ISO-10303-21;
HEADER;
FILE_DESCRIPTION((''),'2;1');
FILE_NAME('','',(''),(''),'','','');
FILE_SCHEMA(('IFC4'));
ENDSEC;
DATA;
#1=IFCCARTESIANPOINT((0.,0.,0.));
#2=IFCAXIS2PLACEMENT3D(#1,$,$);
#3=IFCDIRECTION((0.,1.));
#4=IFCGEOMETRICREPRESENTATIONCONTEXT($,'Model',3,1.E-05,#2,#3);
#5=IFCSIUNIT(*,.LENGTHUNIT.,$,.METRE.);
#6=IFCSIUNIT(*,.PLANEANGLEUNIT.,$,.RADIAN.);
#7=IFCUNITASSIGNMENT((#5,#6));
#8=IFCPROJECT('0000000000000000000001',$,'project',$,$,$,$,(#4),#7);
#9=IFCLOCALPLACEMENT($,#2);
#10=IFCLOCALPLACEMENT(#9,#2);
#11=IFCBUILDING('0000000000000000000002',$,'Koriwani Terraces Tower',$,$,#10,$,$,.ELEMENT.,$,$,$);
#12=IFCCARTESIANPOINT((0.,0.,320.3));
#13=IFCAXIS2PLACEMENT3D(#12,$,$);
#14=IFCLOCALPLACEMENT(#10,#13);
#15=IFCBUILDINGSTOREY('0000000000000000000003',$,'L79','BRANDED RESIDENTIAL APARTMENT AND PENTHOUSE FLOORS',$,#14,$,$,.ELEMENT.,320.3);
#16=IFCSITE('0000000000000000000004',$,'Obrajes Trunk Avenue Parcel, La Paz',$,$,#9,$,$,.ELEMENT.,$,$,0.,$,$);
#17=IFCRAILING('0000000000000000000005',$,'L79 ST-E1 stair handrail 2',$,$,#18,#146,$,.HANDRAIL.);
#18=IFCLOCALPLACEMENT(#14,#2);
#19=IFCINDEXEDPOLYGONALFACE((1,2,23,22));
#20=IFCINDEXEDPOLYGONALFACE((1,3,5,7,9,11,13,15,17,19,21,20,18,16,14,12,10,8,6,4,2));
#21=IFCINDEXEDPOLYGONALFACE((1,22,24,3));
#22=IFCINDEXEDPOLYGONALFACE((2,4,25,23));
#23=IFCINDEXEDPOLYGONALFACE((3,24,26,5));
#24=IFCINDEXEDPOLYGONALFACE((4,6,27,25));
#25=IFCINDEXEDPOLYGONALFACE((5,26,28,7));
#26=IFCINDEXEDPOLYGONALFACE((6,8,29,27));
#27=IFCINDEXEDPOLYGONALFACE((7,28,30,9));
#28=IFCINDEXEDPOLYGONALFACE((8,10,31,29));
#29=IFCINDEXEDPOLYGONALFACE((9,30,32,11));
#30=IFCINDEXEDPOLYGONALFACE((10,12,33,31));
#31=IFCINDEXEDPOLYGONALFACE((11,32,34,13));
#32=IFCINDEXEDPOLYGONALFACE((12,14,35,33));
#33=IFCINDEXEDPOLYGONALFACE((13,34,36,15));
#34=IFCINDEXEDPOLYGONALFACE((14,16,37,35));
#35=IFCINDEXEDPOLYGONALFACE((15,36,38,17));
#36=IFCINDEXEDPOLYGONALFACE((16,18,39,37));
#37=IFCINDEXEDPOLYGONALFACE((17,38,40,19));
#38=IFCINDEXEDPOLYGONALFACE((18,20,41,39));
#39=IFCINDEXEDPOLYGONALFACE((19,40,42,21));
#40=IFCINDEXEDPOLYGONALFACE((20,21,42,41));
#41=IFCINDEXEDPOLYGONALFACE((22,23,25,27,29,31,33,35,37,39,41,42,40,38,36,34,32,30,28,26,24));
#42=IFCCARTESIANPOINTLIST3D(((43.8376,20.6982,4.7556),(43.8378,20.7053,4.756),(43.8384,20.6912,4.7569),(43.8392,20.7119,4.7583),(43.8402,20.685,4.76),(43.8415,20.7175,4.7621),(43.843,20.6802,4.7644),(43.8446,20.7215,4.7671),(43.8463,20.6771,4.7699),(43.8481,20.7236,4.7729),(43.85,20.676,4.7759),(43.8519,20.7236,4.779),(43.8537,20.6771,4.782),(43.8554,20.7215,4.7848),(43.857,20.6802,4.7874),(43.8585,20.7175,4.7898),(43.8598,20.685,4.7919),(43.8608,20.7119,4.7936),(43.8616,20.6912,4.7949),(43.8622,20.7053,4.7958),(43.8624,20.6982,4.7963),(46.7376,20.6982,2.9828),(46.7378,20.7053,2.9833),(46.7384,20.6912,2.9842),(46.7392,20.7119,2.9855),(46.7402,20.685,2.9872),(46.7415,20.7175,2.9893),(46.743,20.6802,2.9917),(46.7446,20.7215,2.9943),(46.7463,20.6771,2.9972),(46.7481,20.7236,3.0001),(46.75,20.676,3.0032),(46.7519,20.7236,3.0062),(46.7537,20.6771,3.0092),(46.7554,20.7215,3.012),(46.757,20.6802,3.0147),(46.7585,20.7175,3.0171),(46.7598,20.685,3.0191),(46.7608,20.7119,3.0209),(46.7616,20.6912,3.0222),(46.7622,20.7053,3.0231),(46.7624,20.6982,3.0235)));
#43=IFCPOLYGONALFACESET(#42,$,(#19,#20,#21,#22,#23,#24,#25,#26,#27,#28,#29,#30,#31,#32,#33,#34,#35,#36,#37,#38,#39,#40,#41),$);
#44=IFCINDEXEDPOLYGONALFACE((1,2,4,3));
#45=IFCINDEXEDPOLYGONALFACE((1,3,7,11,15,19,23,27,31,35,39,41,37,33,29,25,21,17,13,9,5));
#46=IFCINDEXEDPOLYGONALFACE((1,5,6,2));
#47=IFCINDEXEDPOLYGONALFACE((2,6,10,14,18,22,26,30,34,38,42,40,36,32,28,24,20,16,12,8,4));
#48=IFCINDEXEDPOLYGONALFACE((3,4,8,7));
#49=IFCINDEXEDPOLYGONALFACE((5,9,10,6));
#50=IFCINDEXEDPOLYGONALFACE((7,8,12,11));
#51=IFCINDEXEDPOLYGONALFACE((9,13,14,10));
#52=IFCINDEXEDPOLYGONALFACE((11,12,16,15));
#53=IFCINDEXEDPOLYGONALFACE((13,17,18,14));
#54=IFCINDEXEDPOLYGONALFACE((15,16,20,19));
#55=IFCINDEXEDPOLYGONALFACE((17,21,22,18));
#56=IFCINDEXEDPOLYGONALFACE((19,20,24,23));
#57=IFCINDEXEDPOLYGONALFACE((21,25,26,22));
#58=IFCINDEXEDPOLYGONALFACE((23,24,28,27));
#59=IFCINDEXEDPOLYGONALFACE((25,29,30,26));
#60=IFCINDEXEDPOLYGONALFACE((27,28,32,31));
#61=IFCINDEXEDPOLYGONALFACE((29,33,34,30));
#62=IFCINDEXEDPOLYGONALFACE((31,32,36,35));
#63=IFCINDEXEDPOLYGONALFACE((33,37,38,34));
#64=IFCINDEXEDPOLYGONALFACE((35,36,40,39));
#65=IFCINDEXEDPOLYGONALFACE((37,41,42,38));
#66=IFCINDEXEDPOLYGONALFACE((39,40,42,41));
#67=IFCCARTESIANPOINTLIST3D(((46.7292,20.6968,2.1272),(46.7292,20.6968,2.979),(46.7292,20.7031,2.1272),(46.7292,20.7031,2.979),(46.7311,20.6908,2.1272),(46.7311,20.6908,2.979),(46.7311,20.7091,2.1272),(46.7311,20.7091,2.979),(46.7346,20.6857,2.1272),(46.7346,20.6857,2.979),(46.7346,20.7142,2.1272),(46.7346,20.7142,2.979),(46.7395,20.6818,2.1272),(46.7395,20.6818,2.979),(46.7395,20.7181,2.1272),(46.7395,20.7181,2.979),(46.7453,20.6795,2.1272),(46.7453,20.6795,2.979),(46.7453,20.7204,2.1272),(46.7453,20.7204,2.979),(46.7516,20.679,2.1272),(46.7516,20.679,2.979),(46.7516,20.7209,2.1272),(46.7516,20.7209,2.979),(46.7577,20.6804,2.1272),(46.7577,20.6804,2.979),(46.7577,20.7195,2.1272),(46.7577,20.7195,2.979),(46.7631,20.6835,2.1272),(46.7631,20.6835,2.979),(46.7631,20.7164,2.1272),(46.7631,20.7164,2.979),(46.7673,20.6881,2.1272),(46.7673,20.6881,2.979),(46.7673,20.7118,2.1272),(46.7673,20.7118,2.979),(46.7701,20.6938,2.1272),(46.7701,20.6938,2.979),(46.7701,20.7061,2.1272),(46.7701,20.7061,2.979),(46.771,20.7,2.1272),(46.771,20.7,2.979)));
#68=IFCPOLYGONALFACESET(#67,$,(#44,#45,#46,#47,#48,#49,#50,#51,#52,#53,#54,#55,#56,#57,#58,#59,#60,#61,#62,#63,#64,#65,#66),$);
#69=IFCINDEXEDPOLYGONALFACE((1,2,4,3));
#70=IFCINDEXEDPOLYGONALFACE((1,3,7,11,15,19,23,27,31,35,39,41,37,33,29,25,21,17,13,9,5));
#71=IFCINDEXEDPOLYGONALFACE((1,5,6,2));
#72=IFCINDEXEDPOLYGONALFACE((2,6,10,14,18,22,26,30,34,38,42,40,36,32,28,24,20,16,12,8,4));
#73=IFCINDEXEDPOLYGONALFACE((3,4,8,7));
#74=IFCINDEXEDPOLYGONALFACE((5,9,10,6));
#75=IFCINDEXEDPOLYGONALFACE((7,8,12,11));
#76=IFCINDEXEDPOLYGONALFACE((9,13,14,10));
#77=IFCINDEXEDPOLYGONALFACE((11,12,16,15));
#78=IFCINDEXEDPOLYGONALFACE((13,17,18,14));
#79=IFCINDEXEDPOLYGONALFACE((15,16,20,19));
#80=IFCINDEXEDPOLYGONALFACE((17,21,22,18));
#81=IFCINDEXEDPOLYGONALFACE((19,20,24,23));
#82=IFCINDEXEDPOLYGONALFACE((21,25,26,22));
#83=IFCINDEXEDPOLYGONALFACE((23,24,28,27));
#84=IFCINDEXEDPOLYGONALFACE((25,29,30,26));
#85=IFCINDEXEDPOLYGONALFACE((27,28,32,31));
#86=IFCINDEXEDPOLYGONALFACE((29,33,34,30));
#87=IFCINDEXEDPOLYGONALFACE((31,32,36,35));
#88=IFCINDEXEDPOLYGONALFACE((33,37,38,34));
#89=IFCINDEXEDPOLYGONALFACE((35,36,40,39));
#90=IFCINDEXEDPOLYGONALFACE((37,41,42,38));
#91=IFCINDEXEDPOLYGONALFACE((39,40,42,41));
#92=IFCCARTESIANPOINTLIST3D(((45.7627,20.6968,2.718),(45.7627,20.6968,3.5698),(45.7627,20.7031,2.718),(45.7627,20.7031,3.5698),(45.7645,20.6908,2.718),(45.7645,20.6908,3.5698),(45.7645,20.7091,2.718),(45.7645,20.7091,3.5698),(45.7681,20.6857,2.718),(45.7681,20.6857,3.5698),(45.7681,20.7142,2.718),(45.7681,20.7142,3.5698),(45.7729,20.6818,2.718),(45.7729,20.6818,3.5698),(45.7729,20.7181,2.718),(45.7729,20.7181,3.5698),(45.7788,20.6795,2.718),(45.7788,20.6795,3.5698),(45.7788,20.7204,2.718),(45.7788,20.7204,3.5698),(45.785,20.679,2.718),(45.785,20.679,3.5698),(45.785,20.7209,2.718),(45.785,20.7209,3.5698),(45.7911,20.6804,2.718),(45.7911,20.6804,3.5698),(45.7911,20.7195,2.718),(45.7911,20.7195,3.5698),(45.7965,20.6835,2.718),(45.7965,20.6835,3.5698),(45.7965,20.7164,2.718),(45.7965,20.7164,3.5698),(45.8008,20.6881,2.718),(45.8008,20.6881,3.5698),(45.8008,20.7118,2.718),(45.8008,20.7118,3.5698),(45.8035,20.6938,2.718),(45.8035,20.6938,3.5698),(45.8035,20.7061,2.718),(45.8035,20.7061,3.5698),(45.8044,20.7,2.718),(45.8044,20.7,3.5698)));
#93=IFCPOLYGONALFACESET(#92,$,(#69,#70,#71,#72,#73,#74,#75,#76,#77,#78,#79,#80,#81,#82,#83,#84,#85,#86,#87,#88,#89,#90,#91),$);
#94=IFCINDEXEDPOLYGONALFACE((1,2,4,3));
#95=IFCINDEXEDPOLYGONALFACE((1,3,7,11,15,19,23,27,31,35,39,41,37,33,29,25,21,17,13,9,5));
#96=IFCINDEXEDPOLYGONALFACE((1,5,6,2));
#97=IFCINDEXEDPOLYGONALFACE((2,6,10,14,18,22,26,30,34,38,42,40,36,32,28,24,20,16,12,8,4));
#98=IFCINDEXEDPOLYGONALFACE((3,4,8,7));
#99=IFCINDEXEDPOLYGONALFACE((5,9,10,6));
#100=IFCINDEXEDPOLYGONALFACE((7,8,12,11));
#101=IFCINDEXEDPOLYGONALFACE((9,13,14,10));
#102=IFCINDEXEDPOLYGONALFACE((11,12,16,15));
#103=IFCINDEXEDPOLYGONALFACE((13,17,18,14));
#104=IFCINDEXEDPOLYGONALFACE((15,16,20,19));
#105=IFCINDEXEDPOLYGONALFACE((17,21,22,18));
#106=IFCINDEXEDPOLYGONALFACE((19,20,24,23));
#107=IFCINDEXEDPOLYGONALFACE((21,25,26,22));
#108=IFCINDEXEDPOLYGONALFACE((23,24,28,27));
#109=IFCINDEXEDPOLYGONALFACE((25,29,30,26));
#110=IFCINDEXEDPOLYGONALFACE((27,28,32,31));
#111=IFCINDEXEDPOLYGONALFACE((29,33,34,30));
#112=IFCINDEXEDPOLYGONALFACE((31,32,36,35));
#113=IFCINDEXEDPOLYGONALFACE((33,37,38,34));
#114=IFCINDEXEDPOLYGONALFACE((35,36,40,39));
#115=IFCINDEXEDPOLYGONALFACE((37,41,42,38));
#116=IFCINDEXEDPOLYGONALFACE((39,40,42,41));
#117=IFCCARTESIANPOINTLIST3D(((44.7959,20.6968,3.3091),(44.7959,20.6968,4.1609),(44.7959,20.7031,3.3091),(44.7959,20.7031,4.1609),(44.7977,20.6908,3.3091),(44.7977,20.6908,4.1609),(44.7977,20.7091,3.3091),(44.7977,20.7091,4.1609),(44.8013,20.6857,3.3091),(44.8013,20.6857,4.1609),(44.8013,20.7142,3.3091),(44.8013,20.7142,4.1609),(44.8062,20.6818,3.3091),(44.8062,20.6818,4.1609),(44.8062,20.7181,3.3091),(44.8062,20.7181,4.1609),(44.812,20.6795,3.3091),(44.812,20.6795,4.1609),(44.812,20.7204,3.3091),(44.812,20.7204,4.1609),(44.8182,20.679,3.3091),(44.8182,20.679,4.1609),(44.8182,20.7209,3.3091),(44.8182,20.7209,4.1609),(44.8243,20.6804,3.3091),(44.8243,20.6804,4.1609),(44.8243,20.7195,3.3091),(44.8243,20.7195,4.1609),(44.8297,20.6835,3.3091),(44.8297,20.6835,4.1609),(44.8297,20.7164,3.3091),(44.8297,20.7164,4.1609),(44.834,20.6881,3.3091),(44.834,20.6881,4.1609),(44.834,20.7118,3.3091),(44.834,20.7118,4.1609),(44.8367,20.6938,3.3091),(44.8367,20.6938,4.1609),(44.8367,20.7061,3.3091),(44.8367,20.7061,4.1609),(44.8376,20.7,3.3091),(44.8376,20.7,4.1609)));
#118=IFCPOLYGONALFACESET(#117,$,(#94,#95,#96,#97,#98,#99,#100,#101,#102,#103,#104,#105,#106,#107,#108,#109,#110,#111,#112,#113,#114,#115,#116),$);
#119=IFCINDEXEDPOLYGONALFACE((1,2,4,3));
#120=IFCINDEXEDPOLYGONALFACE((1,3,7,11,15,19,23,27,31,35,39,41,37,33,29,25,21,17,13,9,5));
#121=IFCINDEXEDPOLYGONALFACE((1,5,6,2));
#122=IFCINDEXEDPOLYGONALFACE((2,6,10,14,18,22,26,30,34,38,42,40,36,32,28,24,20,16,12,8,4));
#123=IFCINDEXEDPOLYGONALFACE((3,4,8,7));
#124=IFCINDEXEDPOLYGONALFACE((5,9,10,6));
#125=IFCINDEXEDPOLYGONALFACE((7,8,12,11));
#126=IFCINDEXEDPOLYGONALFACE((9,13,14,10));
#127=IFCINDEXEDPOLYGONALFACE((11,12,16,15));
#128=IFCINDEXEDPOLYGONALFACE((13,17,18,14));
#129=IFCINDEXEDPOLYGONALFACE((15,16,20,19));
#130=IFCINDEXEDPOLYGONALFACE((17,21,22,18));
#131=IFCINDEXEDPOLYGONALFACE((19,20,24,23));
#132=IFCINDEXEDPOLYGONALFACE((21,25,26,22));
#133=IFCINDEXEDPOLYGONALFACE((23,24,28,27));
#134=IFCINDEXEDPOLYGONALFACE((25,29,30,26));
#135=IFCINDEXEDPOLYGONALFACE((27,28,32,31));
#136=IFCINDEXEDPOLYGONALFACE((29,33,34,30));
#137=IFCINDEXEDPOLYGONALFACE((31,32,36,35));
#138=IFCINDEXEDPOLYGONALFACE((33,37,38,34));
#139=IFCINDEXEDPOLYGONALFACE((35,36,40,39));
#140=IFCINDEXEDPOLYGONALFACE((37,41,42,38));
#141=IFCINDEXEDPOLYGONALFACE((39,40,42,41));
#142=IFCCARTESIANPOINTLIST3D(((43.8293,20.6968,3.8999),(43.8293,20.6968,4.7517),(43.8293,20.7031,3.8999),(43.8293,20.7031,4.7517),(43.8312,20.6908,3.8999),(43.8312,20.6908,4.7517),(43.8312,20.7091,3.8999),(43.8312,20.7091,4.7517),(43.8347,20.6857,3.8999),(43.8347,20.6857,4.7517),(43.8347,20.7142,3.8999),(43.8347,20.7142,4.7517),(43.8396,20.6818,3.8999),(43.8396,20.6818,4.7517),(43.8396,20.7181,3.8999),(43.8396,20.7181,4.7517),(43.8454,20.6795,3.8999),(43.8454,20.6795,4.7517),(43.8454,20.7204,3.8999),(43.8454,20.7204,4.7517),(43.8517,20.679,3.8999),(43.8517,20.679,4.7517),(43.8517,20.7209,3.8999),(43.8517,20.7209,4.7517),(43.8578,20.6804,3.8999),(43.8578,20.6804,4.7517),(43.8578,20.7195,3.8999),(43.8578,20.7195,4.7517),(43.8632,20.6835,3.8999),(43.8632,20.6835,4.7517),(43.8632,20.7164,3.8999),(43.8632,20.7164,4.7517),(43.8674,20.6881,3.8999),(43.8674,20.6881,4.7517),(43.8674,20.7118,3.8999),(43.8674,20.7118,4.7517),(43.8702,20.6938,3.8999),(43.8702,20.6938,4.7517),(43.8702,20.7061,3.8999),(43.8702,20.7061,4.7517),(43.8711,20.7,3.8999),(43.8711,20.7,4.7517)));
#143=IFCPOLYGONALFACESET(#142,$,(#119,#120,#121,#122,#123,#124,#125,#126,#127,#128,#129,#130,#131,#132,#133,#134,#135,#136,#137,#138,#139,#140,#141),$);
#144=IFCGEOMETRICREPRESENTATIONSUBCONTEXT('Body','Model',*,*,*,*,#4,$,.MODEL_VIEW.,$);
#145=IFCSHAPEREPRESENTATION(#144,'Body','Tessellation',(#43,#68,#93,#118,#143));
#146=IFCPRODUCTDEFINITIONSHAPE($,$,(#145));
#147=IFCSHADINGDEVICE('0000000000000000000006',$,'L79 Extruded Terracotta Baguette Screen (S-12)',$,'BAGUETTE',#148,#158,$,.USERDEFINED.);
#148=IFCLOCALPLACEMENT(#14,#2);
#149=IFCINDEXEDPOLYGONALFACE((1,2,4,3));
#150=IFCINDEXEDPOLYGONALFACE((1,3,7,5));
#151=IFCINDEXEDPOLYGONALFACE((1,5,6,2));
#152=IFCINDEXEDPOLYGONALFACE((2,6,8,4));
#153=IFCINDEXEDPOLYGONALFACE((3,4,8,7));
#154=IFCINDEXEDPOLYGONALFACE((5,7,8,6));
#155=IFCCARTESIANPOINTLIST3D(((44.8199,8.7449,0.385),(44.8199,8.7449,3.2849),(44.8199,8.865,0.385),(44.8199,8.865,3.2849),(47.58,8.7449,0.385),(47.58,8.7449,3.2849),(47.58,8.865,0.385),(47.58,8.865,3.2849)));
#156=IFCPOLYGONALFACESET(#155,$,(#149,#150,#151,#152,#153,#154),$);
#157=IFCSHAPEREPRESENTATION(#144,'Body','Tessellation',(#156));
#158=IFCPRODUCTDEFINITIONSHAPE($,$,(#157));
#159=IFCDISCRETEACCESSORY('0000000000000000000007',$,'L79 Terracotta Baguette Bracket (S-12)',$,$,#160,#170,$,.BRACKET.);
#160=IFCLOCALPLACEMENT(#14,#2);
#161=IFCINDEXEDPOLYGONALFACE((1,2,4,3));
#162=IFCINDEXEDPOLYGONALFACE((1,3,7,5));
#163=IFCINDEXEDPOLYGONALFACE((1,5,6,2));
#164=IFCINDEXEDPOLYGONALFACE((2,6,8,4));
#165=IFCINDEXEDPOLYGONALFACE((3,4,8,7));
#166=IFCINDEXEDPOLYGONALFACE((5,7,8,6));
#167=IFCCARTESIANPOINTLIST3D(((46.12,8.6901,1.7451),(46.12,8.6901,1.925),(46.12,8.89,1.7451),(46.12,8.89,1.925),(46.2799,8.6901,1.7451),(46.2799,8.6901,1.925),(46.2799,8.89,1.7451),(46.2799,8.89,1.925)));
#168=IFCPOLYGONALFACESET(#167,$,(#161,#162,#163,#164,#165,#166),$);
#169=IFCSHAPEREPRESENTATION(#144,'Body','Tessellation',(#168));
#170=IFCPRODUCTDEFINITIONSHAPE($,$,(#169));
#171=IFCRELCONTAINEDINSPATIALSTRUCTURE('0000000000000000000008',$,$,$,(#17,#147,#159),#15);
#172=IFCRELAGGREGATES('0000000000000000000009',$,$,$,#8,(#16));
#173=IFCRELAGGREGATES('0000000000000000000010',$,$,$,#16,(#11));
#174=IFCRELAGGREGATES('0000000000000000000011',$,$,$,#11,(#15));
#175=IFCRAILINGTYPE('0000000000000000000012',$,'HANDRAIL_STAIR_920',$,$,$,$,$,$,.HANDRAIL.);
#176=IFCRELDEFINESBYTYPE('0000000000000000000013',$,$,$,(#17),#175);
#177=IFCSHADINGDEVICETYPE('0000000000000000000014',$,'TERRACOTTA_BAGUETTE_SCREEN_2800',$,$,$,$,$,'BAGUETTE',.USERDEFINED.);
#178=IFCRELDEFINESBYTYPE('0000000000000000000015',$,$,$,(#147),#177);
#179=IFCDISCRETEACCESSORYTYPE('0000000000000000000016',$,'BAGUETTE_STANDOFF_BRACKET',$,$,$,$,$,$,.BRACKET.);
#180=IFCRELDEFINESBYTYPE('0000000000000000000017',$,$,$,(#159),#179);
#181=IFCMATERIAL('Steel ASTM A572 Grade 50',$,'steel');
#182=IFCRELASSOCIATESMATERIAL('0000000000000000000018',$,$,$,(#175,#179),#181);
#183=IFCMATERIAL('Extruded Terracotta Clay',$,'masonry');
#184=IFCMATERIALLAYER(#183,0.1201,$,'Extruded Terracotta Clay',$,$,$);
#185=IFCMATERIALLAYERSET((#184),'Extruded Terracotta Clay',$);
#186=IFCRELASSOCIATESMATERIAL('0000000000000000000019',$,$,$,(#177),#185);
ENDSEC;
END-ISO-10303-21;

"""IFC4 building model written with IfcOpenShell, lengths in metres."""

from ifc_helpers import new_model, si_unit, direction, frame, origin, origin_2d, place, context, subcontext, project, spatial, rectangle, circle, extrude, material, layer, layer_set, type_object, element, save


model = new_model("IFC4")

# Units and contexts
model_context = context("Model", 3, precision=1e-05, world=origin(), true_north=direction((0.0, 1.0)))
body_context = subcontext(model_context, "Body", "Model", "MODEL_VIEW")
ifc_project = project(units=[si_unit("LENGTHUNIT", "METRE"), si_unit("PLANEANGLEUNIT", "RADIAN")], contexts=[model_context])

# Site, building, storey
site_placement = place(None, origin())
site = spatial("IfcSite", under=ifc_project, at=site_placement, Name="Obrajes Trunk Avenue Parcel, La Paz", CompositionType="ELEMENT", RefElevation=0.0)
building_placement = place(site_placement, origin())
building = spatial("IfcBuilding", under=site, at=building_placement, Name="Koriwani Terraces Tower", CompositionType="ELEMENT")
storey_placement = place(building_placement, frame((0.0, 0.0, 320.3)))
storey = spatial("IfcBuildingStorey", under=building, at=storey_placement, Name="L79", Description="BRANDED RESIDENTIAL APARTMENT AND PENTHOUSE FLOORS", CompositionType="ELEMENT", Elevation=320.3)

# Railing
ifc_material_1 = material(Name="Steel ASTM A572 Grade 50", Category="steel")
railing_type_1 = type_object("IfcRailingType", Name="HANDRAIL_STAIR_920", PredefinedType="HANDRAIL", material=ifc_material_1)
railing_1_placement = place(storey_placement, frame((46.75, 20.7, 2.1272)))
element("IfcRailing", 1, at=railing_1_placement, inside=storey, type_object=railing_type_1, Name="L79 ST-E1 stair handrail 2", PredefinedType="HANDRAIL", context=body_context, shape_type="SweptSolid", body=[
    extrude(circle(Radius=0.0239, at=origin_2d()), frame((0.0, 0.0, 0.876), z_axis=(-0.853211, 0.0, 0.521566), x_axis=(0.0, -1.0, 0.0)), (0.0, 0.0, 1.0), 3.3989),
    extrude(circle(Radius=0.021, at=origin_2d()), origin(), (0.0, 0.0, 1.0), 0.8518),
    extrude(circle(Radius=0.021, at=origin_2d()), frame((-0.9666, 0.0, 0.5908)), (0.0, 0.0, 1.0), 0.8518),
    extrude(circle(Radius=0.021, at=origin_2d()), frame((-1.9333, 0.0, 1.1819)), (0.0, 0.0, 1.0), 0.8518),
    extrude(circle(Radius=0.021, at=origin_2d()), frame((-2.8999, 0.0, 1.7727)), (0.0, 0.0, 1.0), 0.8518),
])

# Shading device
ifc_material_2 = material(Name="Extruded Terracotta Clay", Category="masonry")
ifc_layer_1 = layer(ifc_material_2, 0.1201, Name="Extruded Terracotta Clay")
ifc_layer_set_1 = layer_set([ifc_layer_1], Name="Extruded Terracotta Clay")
shading_device_type = type_object("IfcShadingDeviceType", Name="TERRACOTTA_BAGUETTE_SCREEN_2800", ElementType="BAGUETTE", PredefinedType="USERDEFINED", material=ifc_layer_set_1)
shading_device_placement = place(storey_placement, frame((46.2, 8.8049, 0.385), z_axis=(0.0, 0.0, 1.0), x_axis=(-1.0, 0.0, 0.0)))
element("IfcShadingDevice", 2, at=shading_device_placement, inside=storey, type_object=shading_device_type, Name="L79 Extruded Terracotta Baguette Screen (S-12)", ObjectType="BAGUETTE", PredefinedType="USERDEFINED", context=body_context, shape_type="SweptSolid", body=[
    extrude(rectangle(XDim=2.76, YDim=0.1201, at=origin_2d()), origin(), (0.0, 0.0, 1.0), 2.8999),
])

# Discrete accessory
discrete_accessory_type = type_object("IfcDiscreteAccessoryType", Name="BAGUETTE_STANDOFF_BRACKET", PredefinedType="BRACKET", material=ifc_material_1)
discrete_accessory_placement = place(storey_placement, frame((46.2, 8.79, 1.7451), z_axis=(0.0, 0.0, 1.0), x_axis=(-1.0, 0.0, 0.0)))
element("IfcDiscreteAccessory", 3, at=discrete_accessory_placement, inside=storey, type_object=discrete_accessory_type, Name="L79 Terracotta Baguette Bracket (S-12)", PredefinedType="BRACKET", context=body_context, shape_type="SweptSolid", body=[
    extrude(rectangle(XDim=0.1599, YDim=0.2, at=origin_2d()), origin(), (0.0, 0.0, 1.0), 0.1799),
])

save(model, "model.ifc")
